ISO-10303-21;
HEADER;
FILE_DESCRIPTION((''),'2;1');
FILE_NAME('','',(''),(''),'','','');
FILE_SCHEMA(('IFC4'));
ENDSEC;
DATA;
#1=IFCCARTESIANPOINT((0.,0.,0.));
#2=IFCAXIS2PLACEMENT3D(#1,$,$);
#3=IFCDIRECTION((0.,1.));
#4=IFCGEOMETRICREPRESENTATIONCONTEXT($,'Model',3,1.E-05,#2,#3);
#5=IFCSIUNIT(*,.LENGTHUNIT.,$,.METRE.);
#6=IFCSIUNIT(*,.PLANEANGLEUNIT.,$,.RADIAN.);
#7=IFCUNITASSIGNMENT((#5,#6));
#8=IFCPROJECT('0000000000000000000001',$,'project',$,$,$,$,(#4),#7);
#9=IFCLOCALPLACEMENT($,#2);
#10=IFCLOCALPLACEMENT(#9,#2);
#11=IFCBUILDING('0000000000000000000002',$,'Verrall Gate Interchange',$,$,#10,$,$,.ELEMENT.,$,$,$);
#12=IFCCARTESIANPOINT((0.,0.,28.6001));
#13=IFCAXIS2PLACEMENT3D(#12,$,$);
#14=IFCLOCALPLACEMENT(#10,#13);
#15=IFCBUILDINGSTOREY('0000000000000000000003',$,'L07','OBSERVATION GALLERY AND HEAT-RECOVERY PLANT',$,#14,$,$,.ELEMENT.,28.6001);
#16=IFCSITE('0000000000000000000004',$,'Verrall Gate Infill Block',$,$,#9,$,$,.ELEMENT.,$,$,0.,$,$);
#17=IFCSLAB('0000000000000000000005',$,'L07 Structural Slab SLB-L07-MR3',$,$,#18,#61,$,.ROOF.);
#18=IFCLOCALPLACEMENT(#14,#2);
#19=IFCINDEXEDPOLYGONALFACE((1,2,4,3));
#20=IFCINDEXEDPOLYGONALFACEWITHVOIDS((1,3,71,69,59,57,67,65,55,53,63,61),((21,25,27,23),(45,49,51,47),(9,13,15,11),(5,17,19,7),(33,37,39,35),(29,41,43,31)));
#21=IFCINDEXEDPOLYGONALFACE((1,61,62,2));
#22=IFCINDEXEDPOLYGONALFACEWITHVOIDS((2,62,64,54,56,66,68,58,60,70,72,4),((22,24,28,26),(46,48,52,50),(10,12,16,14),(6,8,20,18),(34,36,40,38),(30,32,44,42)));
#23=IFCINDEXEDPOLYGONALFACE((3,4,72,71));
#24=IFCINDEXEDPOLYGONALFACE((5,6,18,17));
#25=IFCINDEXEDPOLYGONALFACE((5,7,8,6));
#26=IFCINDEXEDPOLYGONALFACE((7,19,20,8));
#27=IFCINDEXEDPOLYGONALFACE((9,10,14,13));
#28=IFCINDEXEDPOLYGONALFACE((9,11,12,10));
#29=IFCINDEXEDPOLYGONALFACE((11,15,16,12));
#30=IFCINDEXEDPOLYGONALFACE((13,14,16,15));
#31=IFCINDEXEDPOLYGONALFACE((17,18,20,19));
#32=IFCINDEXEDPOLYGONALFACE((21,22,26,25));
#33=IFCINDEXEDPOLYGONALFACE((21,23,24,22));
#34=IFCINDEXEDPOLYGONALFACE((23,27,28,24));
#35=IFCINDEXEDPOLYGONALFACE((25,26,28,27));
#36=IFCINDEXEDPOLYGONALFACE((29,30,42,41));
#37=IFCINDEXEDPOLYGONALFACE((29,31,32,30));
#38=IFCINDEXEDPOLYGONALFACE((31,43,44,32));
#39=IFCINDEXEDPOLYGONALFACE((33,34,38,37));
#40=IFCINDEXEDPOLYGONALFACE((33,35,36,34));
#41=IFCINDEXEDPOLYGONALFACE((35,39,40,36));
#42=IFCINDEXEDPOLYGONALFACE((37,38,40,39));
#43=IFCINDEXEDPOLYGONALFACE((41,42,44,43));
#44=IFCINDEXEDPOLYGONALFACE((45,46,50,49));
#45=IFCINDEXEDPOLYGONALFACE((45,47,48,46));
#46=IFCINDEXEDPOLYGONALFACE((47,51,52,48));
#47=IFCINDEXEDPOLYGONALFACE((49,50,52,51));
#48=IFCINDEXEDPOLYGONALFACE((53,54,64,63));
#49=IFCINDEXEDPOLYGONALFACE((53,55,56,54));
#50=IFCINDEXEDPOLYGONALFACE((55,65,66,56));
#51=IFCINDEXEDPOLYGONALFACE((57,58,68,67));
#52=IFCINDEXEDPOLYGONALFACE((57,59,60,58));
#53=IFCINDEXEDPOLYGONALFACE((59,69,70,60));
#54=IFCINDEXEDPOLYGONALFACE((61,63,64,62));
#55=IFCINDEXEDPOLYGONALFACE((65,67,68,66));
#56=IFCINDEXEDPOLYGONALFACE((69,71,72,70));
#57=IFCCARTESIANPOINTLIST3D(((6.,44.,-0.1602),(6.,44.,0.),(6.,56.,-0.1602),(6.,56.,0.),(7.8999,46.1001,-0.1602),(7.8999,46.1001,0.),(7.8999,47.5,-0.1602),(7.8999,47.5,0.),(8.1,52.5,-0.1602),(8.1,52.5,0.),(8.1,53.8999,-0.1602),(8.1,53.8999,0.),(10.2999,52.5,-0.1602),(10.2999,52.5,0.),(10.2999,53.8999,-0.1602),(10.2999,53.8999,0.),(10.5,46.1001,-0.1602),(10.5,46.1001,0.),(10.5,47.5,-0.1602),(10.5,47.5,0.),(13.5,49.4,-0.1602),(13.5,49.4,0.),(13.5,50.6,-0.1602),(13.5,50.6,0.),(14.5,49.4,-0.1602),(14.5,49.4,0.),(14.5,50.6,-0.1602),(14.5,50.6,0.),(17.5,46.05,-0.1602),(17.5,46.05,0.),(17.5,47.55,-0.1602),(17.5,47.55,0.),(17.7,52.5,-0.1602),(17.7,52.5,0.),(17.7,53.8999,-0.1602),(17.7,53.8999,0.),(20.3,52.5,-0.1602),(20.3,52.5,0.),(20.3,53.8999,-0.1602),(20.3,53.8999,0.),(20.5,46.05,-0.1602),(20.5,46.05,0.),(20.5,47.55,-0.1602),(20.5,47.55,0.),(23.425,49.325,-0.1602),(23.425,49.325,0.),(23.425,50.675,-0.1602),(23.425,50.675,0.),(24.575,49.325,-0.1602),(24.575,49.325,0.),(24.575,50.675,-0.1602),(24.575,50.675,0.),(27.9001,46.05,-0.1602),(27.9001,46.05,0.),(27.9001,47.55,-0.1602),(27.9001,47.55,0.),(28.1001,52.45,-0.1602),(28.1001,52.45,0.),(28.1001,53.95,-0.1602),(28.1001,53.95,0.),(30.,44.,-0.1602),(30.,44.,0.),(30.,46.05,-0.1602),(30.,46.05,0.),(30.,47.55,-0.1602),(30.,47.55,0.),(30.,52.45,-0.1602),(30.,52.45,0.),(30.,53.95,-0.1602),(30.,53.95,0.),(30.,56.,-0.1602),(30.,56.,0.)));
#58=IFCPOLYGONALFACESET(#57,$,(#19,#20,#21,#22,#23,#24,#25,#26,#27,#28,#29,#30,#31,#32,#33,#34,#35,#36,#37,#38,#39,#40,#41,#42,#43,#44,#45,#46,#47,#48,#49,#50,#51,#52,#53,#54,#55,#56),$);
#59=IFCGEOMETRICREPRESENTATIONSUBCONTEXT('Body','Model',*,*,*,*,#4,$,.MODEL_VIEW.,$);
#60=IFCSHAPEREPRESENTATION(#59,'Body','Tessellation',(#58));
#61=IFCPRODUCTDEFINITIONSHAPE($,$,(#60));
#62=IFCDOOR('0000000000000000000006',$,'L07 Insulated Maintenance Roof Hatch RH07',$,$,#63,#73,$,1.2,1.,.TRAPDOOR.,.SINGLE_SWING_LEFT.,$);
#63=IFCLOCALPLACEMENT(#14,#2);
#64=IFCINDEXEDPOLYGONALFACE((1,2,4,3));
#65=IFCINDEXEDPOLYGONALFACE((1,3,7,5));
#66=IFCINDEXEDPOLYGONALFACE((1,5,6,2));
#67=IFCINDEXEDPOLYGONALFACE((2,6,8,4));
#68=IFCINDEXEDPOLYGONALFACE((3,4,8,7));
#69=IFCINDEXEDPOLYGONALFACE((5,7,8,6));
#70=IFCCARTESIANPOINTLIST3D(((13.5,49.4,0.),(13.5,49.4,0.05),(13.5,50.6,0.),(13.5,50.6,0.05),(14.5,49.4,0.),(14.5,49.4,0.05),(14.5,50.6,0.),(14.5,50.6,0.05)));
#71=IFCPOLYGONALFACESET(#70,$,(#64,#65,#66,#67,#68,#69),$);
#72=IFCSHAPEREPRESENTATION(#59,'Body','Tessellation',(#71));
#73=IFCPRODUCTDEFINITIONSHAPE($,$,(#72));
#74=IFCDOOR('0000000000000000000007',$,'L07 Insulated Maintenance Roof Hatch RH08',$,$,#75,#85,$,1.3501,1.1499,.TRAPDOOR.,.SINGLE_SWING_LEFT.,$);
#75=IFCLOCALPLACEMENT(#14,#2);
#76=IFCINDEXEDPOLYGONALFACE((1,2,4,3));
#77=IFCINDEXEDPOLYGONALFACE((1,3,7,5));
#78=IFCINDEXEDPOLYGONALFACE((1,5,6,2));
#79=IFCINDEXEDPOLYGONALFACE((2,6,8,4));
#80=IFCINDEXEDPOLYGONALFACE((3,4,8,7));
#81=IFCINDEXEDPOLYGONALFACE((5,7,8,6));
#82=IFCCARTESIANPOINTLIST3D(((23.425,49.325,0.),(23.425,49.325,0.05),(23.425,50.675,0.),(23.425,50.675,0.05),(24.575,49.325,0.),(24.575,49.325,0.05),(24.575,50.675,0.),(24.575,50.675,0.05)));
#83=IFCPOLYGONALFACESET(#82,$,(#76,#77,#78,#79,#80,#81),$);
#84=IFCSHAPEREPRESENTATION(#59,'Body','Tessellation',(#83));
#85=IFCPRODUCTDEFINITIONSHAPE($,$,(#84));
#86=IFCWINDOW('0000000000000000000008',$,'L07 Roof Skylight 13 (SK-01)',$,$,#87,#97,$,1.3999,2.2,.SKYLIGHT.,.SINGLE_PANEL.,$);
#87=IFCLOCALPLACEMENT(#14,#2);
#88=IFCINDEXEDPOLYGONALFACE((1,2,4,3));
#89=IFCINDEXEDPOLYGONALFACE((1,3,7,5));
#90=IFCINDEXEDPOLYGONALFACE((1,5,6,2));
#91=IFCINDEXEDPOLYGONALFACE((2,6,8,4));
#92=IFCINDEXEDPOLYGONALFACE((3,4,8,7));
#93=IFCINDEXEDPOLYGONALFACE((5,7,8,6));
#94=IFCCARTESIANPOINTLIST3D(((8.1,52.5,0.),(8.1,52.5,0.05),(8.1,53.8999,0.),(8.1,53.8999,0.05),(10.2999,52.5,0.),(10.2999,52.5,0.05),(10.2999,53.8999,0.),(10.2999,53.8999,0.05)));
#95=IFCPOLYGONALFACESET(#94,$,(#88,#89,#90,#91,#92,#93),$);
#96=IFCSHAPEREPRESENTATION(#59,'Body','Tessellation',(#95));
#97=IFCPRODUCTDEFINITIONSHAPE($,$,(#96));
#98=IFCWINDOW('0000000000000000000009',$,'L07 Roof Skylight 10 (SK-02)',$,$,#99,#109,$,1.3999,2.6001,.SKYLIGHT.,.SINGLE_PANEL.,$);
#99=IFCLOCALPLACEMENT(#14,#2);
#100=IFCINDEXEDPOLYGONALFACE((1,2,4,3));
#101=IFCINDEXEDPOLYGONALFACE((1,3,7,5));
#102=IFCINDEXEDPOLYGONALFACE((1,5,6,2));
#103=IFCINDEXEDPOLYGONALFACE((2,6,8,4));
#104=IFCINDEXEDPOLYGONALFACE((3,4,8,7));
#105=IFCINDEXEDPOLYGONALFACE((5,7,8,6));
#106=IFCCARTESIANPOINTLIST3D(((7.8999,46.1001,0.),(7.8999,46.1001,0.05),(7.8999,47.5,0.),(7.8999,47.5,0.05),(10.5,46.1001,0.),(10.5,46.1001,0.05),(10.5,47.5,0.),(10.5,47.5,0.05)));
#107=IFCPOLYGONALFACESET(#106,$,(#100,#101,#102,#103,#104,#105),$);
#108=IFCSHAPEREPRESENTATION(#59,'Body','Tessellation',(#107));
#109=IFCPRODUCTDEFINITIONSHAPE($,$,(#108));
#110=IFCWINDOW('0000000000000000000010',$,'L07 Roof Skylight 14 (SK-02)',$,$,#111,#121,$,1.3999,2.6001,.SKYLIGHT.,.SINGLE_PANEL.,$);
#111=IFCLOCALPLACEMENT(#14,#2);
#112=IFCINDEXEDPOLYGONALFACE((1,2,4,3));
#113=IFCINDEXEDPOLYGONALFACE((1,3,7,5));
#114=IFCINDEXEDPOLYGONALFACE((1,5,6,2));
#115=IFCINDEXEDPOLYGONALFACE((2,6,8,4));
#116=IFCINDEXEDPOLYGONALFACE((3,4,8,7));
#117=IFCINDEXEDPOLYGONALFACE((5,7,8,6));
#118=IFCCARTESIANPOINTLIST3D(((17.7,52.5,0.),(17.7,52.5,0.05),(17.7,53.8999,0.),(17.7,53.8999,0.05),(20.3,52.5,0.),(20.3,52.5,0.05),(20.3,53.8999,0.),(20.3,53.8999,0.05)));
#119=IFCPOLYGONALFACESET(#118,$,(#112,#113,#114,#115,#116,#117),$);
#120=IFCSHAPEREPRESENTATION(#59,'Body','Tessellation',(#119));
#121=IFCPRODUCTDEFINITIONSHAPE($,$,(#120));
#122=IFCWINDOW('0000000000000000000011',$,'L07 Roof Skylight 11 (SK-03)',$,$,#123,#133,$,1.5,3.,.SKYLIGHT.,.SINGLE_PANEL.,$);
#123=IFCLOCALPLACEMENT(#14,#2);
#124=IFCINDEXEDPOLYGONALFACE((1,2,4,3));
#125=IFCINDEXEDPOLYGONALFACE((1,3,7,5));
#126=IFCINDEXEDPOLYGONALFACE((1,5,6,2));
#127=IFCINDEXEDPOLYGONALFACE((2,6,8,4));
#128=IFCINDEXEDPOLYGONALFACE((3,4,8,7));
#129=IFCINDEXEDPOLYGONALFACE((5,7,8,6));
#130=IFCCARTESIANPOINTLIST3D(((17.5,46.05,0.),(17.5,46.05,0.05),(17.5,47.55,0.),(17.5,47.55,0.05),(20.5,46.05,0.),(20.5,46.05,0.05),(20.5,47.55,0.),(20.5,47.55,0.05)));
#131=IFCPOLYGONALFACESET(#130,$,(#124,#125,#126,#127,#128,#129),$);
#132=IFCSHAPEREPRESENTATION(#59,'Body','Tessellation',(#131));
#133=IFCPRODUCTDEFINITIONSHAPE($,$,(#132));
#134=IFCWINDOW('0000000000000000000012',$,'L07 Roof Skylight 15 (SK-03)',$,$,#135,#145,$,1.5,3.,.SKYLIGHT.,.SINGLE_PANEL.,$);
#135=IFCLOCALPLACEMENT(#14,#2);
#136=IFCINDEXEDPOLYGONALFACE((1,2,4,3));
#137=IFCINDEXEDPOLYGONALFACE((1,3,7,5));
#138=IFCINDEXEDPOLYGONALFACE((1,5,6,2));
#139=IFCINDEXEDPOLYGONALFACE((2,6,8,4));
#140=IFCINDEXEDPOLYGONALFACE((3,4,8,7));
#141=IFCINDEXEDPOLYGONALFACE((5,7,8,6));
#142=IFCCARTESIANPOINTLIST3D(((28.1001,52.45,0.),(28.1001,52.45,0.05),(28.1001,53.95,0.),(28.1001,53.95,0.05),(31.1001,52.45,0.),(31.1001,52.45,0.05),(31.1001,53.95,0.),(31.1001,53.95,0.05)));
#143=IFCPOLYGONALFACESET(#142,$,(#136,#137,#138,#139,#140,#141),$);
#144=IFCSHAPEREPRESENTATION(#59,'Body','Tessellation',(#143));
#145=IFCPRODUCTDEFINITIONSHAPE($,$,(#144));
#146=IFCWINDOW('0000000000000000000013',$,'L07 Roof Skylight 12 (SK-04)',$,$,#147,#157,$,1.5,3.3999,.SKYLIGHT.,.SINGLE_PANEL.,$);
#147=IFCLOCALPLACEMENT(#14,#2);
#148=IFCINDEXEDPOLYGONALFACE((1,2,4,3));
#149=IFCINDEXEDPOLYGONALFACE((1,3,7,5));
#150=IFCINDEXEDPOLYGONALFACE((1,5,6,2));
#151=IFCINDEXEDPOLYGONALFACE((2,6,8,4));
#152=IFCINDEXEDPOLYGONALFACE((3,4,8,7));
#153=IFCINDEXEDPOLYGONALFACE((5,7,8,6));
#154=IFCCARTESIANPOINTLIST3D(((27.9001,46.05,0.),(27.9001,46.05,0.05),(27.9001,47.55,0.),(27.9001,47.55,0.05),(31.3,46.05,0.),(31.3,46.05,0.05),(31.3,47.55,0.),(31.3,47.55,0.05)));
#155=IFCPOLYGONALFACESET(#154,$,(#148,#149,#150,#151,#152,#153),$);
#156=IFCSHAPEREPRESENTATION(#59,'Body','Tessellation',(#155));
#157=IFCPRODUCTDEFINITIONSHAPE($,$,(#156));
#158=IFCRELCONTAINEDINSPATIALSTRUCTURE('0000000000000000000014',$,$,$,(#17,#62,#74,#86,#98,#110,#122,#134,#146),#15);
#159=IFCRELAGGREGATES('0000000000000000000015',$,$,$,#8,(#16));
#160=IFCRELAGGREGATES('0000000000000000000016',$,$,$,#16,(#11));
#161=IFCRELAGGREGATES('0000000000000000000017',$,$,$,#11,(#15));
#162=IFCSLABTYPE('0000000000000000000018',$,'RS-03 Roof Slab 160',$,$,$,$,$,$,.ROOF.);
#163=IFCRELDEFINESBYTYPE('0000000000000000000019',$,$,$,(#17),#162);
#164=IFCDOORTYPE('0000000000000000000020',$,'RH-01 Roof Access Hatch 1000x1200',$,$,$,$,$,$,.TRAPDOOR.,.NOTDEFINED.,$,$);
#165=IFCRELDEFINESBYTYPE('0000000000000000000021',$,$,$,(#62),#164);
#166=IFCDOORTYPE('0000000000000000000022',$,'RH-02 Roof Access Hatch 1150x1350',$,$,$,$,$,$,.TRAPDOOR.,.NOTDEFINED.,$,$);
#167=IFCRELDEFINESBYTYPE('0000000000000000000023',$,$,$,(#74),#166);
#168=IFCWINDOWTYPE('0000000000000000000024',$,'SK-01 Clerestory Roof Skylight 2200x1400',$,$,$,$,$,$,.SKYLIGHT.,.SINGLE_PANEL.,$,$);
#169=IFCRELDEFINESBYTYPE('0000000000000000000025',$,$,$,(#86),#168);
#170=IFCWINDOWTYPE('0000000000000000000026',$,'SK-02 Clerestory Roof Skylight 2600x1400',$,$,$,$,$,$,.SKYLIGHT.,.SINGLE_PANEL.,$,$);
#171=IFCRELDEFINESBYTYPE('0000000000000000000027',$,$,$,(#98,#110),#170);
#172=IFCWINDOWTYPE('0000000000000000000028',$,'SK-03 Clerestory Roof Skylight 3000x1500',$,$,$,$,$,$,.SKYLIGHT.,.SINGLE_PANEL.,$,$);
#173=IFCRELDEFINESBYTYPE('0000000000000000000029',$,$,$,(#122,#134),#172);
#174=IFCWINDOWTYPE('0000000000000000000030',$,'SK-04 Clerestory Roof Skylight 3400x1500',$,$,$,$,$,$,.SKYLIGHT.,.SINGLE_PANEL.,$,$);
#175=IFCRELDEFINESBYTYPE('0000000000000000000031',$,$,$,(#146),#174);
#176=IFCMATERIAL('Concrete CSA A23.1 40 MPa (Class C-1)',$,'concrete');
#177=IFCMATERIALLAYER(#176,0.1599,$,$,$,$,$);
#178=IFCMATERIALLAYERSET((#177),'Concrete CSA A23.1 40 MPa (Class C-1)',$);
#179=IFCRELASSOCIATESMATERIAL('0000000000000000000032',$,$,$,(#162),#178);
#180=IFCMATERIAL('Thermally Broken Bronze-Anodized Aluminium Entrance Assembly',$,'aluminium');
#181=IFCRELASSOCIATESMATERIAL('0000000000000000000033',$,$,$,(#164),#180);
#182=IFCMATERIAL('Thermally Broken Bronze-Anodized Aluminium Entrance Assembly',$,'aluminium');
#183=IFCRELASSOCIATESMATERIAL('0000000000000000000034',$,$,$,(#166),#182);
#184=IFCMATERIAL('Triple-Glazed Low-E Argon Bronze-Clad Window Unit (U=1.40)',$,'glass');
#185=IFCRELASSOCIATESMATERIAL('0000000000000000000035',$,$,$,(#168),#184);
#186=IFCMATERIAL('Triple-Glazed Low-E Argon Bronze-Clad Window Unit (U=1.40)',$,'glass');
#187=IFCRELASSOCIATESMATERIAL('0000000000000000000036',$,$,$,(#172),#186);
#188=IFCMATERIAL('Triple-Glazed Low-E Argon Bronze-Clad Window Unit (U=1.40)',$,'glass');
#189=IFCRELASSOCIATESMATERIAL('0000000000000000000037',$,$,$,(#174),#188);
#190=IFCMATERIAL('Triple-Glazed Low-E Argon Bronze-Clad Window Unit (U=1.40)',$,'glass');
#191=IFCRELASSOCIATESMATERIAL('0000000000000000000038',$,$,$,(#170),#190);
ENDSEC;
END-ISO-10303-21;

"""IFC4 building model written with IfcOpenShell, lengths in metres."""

from ifc_helpers import new_model, si_unit, direction, frame, origin, origin_2d, place, context, subcontext, project, spatial, polyline, rectangle, outline, extrude, material, layer, layer_set, type_object, element, fill, save


model = new_model("IFC4")

# Units and contexts
model_context = context("Model", 3, precision=1e-05, world=origin(), true_north=direction((0.0, 1.0)))
body_context = subcontext(model_context, "Body", "Model", "MODEL_VIEW")
ifc_project = project(units=[si_unit("LENGTHUNIT", "METRE"), si_unit("PLANEANGLEUNIT", "RADIAN")], contexts=[model_context])

# Site, building, storey
site_placement = place(None, origin())
site = spatial("IfcSite", under=ifc_project, at=site_placement, Name="Verrall Gate Infill Block", CompositionType="ELEMENT", RefElevation=0.0)
building_placement = place(site_placement, origin())
building = spatial("IfcBuilding", under=site, at=building_placement, Name="Verrall Gate Interchange", CompositionType="ELEMENT")
storey_placement = place(building_placement, frame((0.0, 0.0, 28.6001)))
storey = spatial("IfcBuildingStorey", under=building, at=storey_placement, Name="L07", Description="OBSERVATION GALLERY AND HEAT-RECOVERY PLANT", CompositionType="ELEMENT", Elevation=28.6001)

# Shared definitions
ifc_material_1 = material(Name="Concrete CSA A23.1 40 MPa (Class C-1)", Category="concrete")
ifc_layer_1 = layer(ifc_material_1, 0.1599)
ifc_layer_set_1 = layer_set([ifc_layer_1], Name="Concrete CSA A23.1 40 MPa (Class C-1)")
slab_type_1 = type_object("IfcSlabType", Name="RS-03 Roof Slab 160", PredefinedType="ROOF", material=ifc_layer_set_1)
ifc_material_2 = material(Name="Thermally Broken Bronze-Anodized Aluminium Entrance Assembly", Category="aluminium")
door_type_1 = type_object("IfcDoorType", Name="RH-01 Roof Access Hatch 1000x1200", OperationType="NOTDEFINED", PredefinedType="TRAPDOOR", material=ifc_material_2)
ifc_material_3 = material(Name="Thermally Broken Bronze-Anodized Aluminium Entrance Assembly", Category="aluminium")
door_type_2 = type_object("IfcDoorType", Name="RH-02 Roof Access Hatch 1150x1350", OperationType="NOTDEFINED", PredefinedType="TRAPDOOR", material=ifc_material_3)
ifc_material_4 = material(Name="Triple-Glazed Low-E Argon Bronze-Clad Window Unit (U=1.40)", Category="glass")
window_type_1 = type_object("IfcWindowType", Name="SK-01 Clerestory Roof Skylight 2200x1400", PartitioningType="SINGLE_PANEL", PredefinedType="SKYLIGHT", material=ifc_material_4)
ifc_material_5 = material(Name="Triple-Glazed Low-E Argon Bronze-Clad Window Unit (U=1.40)", Category="glass")
window_type_2 = type_object("IfcWindowType", Name="SK-03 Clerestory Roof Skylight 3000x1500", PartitioningType="SINGLE_PANEL", PredefinedType="SKYLIGHT", material=ifc_material_5)
ifc_material_6 = material(Name="Triple-Glazed Low-E Argon Bronze-Clad Window Unit (U=1.40)", Category="glass")
window_type_3 = type_object("IfcWindowType", Name="SK-04 Clerestory Roof Skylight 3400x1500", PartitioningType="SINGLE_PANEL", PredefinedType="SKYLIGHT", material=ifc_material_6)

# Shared definitions
ifc_material_7 = material(Name="Triple-Glazed Low-E Argon Bronze-Clad Window Unit (U=1.40)", Category="glass")
window_type_4 = type_object("IfcWindowType", Name="SK-02 Clerestory Roof Skylight 2600x1400", PartitioningType="SINGLE_PANEL", PredefinedType="SKYLIGHT", material=ifc_material_7)

# Slab, openings, doors, windows
slab_1_placement = place(storey_placement, frame((0.0, 0.0, -0.1602)))
slab_1 = element("IfcSlab", 1, at=slab_1_placement, inside=storey, type_object=slab_type_1, Name="L07 Structural Slab SLB-L07-MR3", PredefinedType="ROOF", context=body_context, shape_type="SweptSolid", body=[
    extrude(outline(polyline([(6.0, 56.0), (30.0, 56.0), (30.0, 44.0), (18.0, 44.0), (6.0, 44.0), (6.0, 56.0)])), origin(), (0.0, 0.0, 1.0), 0.1602),
])
opening_1_placement = place(slab_1_placement, frame((14.0, 50.0, 0.0)))
opening_1 = element("IfcOpeningElement", 2, at=opening_1_placement, cuts=slab_1, PredefinedType="OPENING", context=body_context, shape_type="SweptSolid", body=[
    extrude(rectangle(XDim=1.0, YDim=1.2, at=origin_2d()), frame((0.0, 0.0, -0.0149)), (0.0, 0.0, 1.0), 0.24),
])
opening_2_placement = place(slab_1_placement, frame((24.0, 50.0, 0.0)))
opening_2 = element("IfcOpeningElement", 3, at=opening_2_placement, cuts=slab_1, PredefinedType="OPENING", context=body_context, shape_type="SweptSolid", body=[
    extrude(rectangle(XDim=1.1499, YDim=1.3501, at=origin_2d()), frame((0.0, 0.0, -0.0149)), (0.0, 0.0, 1.0), 0.24),
])
opening_3_placement = place(slab_1_placement, frame((9.2, 46.8, 0.0)))
opening_3 = element("IfcOpeningElement", 4, at=opening_3_placement, cuts=slab_1, PredefinedType="OPENING", context=body_context, shape_type="SweptSolid", body=[
    extrude(rectangle(XDim=2.6001, YDim=1.3999, at=origin_2d()), frame((0.0, 0.0, -0.0149)), (0.0, 0.0, 1.0), 0.24),
])
opening_4_placement = place(slab_1_placement, frame((19.0, 46.8, 0.0)))
opening_4 = element("IfcOpeningElement", 5, at=opening_4_placement, cuts=slab_1, PredefinedType="OPENING", context=body_context, shape_type="SweptSolid", body=[
    extrude(rectangle(XDim=3.0, YDim=1.5, at=origin_2d()), frame((0.0, 0.0, -0.0149)), (0.0, 0.0, 1.0), 0.24),
])
opening_5_placement = place(slab_1_placement, frame((29.6001, 46.8, 0.0)))
opening_5 = element("IfcOpeningElement", 6, at=opening_5_placement, cuts=slab_1, PredefinedType="OPENING", context=body_context, shape_type="SweptSolid", body=[
    extrude(rectangle(XDim=3.3999, YDim=1.5, at=origin_2d()), frame((0.0, 0.0, -0.0149)), (0.0, 0.0, 1.0), 0.24),
])
opening_6_placement = place(slab_1_placement, frame((9.2, 53.2, 0.0)))
opening_6 = element("IfcOpeningElement", 7, at=opening_6_placement, cuts=slab_1, PredefinedType="OPENING", context=body_context, shape_type="SweptSolid", body=[
    extrude(rectangle(XDim=2.2, YDim=1.3999, at=origin_2d()), frame((0.0, 0.0, -0.0149)), (0.0, 0.0, 1.0), 0.24),
])
opening_7_placement = place(slab_1_placement, frame((19.0, 53.2, 0.0)))
opening_7 = element("IfcOpeningElement", 8, at=opening_7_placement, cuts=slab_1, PredefinedType="OPENING", context=body_context, shape_type="SweptSolid", body=[
    extrude(rectangle(XDim=2.6001, YDim=1.3999, at=origin_2d()), frame((0.0, 0.0, -0.0149)), (0.0, 0.0, 1.0), 0.24),
])
opening_8_placement = place(slab_1_placement, frame((29.6001, 53.2, 0.0)))
opening_8 = element("IfcOpeningElement", 9, at=opening_8_placement, cuts=slab_1, PredefinedType="OPENING", context=body_context, shape_type="SweptSolid", body=[
    extrude(rectangle(XDim=3.0, YDim=1.5, at=origin_2d()), frame((0.0, 0.0, -0.0149)), (0.0, 0.0, 1.0), 0.24),
])
door_1_placement = place(opening_1_placement, frame((0.0, 0.0, 0.1602)))
door_1 = element("IfcDoor", 10, at=door_1_placement, inside=storey, type_object=door_type_1, Name="L07 Insulated Maintenance Roof Hatch RH07", OperationType="SINGLE_SWING_LEFT", OverallHeight=1.2, OverallWidth=1.0, PredefinedType="TRAPDOOR", context=body_context, shape_type="SweptSolid", body=[
    extrude(rectangle(XDim=1.0, YDim=1.2, at=origin_2d()), origin(), (0.0, 0.0, 1.0), 0.05),
])
fill(opening_1, door_1)
door_2_placement = place(opening_2_placement, frame((0.0, 0.0, 0.1602)))
door_2 = element("IfcDoor", 11, at=door_2_placement, inside=storey, type_object=door_type_2, Name="L07 Insulated Maintenance Roof Hatch RH08", OperationType="SINGLE_SWING_LEFT", OverallHeight=1.3501, OverallWidth=1.1499, PredefinedType="TRAPDOOR", context=body_context, shape_type="SweptSolid", body=[
    extrude(rectangle(XDim=1.1499, YDim=1.3501, at=origin_2d()), origin(), (0.0, 0.0, 1.0), 0.05),
])
fill(opening_2, door_2)
window_1_placement = place(opening_6_placement, frame((0.0, 0.0, 0.1602)))
window_1 = element("IfcWindow", 12, at=window_1_placement, inside=storey, type_object=window_type_1, Name="L07 Roof Skylight 13 (SK-01)", OverallHeight=1.3999, OverallWidth=2.2, PartitioningType="SINGLE_PANEL", PredefinedType="SKYLIGHT", context=body_context, shape_type="SweptSolid", body=[
    extrude(rectangle(XDim=2.2, YDim=1.3999, at=origin_2d()), origin(), (0.0, 0.0, 1.0), 0.05),
])
fill(opening_6, window_1)
window_2_placement = place(opening_3_placement, frame((0.0, 0.0, 0.1602)))
window_2 = element("IfcWindow", 13, at=window_2_placement, inside=storey, type_object=window_type_4, Name="L07 Roof Skylight 10 (SK-02)", OverallHeight=1.3999, OverallWidth=2.6001, PartitioningType="SINGLE_PANEL", PredefinedType="SKYLIGHT", context=body_context, shape_type="SweptSolid", body=[
    extrude(rectangle(XDim=2.6001, YDim=1.3999, at=origin_2d()), origin(), (0.0, 0.0, 1.0), 0.05),
])
fill(opening_3, window_2)
window_3_placement = place(opening_7_placement, frame((0.0, 0.0, 0.1602)))
window_3 = element("IfcWindow", 14, at=window_3_placement, inside=storey, type_object=window_type_4, Name="L07 Roof Skylight 14 (SK-02)", OverallHeight=1.3999, OverallWidth=2.6001, PartitioningType="SINGLE_PANEL", PredefinedType="SKYLIGHT", context=body_context, shape_type="SweptSolid", body=[
    extrude(rectangle(XDim=2.6001, YDim=1.3999, at=origin_2d()), origin(), (0.0, 0.0, 1.0), 0.05),
])
fill(opening_7, window_3)
window_4_placement = place(opening_4_placement, frame((0.0, 0.0, 0.1602)))
window_4 = element("IfcWindow", 15, at=window_4_placement, inside=storey, type_object=window_type_2, Name="L07 Roof Skylight 11 (SK-03)", OverallHeight=1.5, OverallWidth=3.0, PartitioningType="SINGLE_PANEL", PredefinedType="SKYLIGHT", context=body_context, shape_type="SweptSolid", body=[
    extrude(rectangle(XDim=3.0, YDim=1.5, at=origin_2d()), origin(), (0.0, 0.0, 1.0), 0.05),
])
fill(opening_4, window_4)
window_5_placement = place(opening_8_placement, frame((0.0, 0.0, 0.1602)))
window_5 = element("IfcWindow", 16, at=window_5_placement, inside=storey, type_object=window_type_2, Name="L07 Roof Skylight 15 (SK-03)", OverallHeight=1.5, OverallWidth=3.0, PartitioningType="SINGLE_PANEL", PredefinedType="SKYLIGHT", context=body_context, shape_type="SweptSolid", body=[
    extrude(rectangle(XDim=3.0, YDim=1.5, at=origin_2d()), origin(), (0.0, 0.0, 1.0), 0.05),
])
fill(opening_8, window_5)
window_6_placement = place(opening_5_placement, frame((0.0, 0.0, 0.1602)))
window_6 = element("IfcWindow", 17, at=window_6_placement, inside=storey, type_object=window_type_3, Name="L07 Roof Skylight 12 (SK-04)", OverallHeight=1.5, OverallWidth=3.3999, PartitioningType="SINGLE_PANEL", PredefinedType="SKYLIGHT", context=body_context, shape_type="SweptSolid", body=[
    extrude(rectangle(XDim=3.3999, YDim=1.5, at=origin_2d()), origin(), (0.0, 0.0, 1.0), 0.05),
])
fill(opening_5, window_6)

save(model, "model.ifc")
